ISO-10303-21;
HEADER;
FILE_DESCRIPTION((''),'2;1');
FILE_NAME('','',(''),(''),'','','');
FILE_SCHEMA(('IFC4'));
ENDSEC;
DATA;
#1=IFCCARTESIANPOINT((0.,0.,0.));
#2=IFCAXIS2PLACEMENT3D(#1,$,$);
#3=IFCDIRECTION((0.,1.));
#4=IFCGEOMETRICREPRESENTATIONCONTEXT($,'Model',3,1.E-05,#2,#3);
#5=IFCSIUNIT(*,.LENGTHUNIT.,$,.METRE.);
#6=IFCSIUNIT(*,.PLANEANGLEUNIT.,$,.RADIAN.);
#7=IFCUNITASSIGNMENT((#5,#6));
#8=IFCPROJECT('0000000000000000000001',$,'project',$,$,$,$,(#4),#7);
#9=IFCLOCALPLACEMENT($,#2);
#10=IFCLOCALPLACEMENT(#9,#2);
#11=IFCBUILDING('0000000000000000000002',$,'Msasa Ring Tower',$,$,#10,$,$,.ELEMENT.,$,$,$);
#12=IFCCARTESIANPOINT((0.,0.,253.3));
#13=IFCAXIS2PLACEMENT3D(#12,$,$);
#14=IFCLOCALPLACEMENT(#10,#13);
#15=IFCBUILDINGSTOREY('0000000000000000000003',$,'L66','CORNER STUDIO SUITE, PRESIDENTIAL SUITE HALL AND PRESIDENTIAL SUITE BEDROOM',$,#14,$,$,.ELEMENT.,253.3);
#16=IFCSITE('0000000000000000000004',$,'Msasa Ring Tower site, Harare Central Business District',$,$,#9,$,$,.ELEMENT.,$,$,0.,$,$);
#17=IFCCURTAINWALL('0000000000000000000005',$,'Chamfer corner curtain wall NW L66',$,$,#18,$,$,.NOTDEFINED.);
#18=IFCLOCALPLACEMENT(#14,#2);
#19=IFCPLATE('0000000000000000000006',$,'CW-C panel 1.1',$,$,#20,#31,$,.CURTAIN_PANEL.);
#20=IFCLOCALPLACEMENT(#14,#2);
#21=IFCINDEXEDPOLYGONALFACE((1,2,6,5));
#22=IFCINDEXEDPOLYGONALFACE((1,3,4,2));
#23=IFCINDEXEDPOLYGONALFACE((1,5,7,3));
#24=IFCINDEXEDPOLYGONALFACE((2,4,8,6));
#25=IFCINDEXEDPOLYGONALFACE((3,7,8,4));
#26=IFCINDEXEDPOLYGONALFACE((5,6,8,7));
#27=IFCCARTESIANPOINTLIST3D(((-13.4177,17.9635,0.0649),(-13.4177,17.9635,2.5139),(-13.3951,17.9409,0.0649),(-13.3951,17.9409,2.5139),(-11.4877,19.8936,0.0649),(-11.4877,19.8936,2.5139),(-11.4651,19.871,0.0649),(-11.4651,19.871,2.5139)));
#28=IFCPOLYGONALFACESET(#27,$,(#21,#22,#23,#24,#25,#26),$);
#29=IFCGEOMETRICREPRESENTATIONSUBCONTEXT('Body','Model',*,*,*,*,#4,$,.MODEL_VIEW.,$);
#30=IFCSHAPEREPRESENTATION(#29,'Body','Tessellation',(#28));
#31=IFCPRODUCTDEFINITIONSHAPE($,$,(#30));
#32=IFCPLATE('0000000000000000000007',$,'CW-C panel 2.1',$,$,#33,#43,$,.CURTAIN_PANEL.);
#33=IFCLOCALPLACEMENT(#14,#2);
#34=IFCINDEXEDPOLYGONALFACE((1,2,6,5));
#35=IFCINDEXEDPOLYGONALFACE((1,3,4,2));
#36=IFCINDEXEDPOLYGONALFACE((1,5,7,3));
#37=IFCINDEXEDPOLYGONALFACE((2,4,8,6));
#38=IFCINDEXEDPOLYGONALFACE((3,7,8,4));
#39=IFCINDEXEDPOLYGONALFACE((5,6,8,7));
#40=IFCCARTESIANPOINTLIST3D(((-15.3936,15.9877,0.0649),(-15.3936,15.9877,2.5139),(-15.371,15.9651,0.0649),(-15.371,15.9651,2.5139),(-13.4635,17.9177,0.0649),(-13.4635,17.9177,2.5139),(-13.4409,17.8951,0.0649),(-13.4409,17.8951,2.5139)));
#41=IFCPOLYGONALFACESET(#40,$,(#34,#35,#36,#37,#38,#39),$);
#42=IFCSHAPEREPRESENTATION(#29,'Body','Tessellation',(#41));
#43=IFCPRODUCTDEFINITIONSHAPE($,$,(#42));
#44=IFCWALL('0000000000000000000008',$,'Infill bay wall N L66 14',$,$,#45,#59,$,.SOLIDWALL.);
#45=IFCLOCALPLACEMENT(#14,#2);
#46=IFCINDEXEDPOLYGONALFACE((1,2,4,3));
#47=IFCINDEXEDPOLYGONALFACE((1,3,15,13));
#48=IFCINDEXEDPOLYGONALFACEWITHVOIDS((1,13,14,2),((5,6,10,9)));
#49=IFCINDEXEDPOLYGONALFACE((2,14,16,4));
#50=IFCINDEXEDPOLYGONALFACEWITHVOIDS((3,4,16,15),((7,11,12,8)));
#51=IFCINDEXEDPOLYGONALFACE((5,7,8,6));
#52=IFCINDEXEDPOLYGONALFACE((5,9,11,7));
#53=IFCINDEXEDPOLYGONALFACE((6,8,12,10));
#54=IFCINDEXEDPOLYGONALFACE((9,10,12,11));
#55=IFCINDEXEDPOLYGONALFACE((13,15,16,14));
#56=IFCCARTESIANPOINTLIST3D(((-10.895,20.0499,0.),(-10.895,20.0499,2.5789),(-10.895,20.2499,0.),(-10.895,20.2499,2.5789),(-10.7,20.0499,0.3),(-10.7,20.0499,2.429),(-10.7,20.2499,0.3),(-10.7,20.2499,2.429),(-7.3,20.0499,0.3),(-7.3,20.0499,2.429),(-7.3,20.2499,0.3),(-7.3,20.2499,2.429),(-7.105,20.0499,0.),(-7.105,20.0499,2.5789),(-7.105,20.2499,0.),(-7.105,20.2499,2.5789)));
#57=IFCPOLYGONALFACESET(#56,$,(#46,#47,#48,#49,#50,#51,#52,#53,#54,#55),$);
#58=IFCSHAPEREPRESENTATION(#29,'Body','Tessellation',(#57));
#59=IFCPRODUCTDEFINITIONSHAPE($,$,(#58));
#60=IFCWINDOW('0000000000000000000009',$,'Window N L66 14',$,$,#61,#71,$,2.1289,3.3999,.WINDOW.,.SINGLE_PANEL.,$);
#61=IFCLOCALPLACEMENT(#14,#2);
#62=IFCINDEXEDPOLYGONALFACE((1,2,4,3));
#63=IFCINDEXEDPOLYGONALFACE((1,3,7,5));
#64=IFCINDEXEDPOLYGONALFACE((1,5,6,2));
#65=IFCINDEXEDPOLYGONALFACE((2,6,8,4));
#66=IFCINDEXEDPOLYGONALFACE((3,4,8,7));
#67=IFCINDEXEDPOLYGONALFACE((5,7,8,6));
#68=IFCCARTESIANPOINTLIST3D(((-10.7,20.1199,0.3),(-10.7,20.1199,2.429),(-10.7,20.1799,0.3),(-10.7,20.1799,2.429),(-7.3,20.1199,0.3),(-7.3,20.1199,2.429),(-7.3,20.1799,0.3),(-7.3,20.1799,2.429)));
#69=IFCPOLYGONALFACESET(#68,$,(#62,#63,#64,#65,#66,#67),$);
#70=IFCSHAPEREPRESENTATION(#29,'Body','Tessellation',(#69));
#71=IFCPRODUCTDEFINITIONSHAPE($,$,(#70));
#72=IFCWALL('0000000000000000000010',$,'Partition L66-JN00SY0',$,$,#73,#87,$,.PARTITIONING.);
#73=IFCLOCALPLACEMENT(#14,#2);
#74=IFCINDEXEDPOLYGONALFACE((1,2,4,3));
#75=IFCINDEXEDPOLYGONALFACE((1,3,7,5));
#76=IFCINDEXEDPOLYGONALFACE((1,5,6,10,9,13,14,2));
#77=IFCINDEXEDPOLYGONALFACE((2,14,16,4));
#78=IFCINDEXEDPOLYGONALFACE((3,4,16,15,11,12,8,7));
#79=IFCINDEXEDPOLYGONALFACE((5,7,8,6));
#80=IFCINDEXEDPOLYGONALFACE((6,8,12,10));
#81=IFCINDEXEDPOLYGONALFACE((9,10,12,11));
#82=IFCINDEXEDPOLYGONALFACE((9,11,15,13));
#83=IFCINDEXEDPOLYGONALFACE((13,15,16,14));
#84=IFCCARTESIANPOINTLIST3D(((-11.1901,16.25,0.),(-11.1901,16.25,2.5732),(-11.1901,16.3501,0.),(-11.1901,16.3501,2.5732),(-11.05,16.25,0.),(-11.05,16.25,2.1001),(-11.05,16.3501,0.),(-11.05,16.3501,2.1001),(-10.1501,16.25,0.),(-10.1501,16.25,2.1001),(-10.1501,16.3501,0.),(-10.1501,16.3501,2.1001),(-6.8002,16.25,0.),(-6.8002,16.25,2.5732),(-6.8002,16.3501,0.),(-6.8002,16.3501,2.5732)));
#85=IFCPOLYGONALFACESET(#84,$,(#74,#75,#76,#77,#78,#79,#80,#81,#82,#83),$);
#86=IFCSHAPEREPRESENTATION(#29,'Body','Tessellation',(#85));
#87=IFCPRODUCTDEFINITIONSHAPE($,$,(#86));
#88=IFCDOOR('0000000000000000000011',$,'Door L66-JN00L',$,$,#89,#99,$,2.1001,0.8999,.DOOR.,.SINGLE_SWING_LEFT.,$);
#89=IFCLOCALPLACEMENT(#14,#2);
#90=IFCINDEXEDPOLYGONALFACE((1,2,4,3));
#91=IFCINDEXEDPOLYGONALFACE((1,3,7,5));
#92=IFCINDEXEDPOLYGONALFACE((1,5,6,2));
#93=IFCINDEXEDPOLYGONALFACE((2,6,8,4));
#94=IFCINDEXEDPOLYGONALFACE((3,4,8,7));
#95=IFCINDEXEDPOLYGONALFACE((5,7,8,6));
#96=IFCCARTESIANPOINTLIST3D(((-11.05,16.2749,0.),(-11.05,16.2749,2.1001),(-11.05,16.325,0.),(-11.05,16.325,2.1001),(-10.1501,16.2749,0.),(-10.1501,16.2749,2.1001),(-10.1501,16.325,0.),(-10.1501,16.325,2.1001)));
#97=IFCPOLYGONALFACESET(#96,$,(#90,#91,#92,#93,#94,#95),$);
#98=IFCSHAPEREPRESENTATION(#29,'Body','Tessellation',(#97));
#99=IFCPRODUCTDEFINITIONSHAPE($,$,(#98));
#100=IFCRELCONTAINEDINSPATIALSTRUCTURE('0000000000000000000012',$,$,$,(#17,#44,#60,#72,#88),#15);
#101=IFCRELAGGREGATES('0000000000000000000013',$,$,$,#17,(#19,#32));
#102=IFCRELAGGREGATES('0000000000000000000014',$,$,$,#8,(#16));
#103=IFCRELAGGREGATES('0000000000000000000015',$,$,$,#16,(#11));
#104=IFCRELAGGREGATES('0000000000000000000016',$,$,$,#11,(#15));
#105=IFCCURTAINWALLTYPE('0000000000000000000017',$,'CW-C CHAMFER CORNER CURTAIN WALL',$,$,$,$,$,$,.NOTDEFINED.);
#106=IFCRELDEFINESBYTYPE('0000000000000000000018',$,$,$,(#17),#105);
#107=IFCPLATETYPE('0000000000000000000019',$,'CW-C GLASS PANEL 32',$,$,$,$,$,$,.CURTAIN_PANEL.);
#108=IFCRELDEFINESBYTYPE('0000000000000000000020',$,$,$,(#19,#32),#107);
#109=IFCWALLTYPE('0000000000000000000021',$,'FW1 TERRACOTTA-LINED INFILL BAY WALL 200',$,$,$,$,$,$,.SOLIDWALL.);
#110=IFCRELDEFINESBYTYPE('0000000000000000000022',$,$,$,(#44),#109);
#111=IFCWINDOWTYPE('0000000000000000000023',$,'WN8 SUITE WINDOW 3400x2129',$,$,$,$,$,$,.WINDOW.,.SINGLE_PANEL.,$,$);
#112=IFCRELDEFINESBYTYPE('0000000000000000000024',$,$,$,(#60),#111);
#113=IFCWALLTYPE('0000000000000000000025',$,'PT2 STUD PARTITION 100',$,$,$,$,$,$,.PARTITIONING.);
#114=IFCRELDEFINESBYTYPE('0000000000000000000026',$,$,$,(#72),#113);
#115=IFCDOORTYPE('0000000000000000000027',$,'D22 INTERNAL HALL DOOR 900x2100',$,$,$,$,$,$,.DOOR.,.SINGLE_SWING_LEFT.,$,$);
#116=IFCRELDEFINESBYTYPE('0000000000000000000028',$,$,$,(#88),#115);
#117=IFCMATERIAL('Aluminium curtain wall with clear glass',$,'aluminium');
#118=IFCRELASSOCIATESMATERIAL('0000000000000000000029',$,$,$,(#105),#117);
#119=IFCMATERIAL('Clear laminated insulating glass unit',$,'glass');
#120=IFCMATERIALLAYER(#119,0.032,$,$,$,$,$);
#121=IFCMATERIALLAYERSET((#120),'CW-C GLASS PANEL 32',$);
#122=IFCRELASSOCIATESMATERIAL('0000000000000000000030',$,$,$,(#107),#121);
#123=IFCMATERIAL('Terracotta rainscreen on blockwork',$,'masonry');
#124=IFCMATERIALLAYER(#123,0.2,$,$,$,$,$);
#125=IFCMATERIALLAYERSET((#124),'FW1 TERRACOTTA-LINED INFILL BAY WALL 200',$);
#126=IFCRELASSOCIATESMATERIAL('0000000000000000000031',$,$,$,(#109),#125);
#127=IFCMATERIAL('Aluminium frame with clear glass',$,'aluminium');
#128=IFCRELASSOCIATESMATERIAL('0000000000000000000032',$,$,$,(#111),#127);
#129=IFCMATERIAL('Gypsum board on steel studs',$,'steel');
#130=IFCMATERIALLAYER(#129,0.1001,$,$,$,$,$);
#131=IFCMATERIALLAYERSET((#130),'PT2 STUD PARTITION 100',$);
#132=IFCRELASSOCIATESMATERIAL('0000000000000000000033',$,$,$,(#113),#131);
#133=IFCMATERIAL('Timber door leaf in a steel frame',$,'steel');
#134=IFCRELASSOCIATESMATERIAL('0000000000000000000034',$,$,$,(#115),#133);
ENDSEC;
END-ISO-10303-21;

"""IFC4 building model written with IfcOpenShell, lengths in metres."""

from ifc_helpers import new_model, si_unit, direction, frame, frame_2d, origin, origin_2d, place, context, subcontext, project, spatial, rectangle, extrude, material, layer, layer_set, type_object, element, fill, aggregate, save


model = new_model("IFC4")

# Units and contexts
model_context = context("Model", 3, precision=1e-05, world=origin(), true_north=direction((0.0, 1.0)))
body_context = subcontext(model_context, "Body", "Model", "MODEL_VIEW")
ifc_project = project(units=[si_unit("LENGTHUNIT", "METRE"), si_unit("PLANEANGLEUNIT", "RADIAN")], contexts=[model_context])

# Site, building, storey
site_placement = place(None, origin())
site = spatial("IfcSite", under=ifc_project, at=site_placement, Name="Msasa Ring Tower site, Harare Central Business District", CompositionType="ELEMENT", RefElevation=0.0)
building_placement = place(site_placement, origin())
building = spatial("IfcBuilding", under=site, at=building_placement, Name="Msasa Ring Tower", CompositionType="ELEMENT")
storey_placement = place(building_placement, frame((0.0, 0.0, 253.3)))
storey = spatial("IfcBuildingStorey", under=building, at=storey_placement, Name="L66", Description="CORNER STUDIO SUITE, PRESIDENTIAL SUITE HALL AND PRESIDENTIAL SUITE BEDROOM", CompositionType="ELEMENT", Elevation=253.3)

# Curtain wall
ifc_material_1 = material(Name="Aluminium curtain wall with clear glass", Category="aluminium")
curtain_wall_type = type_object("IfcCurtainWallType", Name="CW-C CHAMFER CORNER CURTAIN WALL", PredefinedType="NOTDEFINED", material=ifc_material_1)
curtain_wall_1_placement = place(storey_placement, origin())
curtain_wall_1 = element("IfcCurtainWall", 1, at=curtain_wall_1_placement, inside=storey, type_object=curtain_wall_type, Name="Chamfer corner curtain wall NW L66", PredefinedType="NOTDEFINED")

# Plates
ifc_material_2 = material(Name="Clear laminated insulating glass unit", Category="glass")
ifc_layer_1 = layer(ifc_material_2, 0.032)
ifc_layer_set_1 = layer_set([ifc_layer_1], Name="CW-C GLASS PANEL 32")
plate_type = type_object("IfcPlateType", Name="CW-C GLASS PANEL 32", PredefinedType="CURTAIN_PANEL", material=ifc_layer_set_1)
plate_1_placement = place(storey_placement, frame((-12.4414, 18.9172, 0.0649), z_axis=(0.0, 0.0, 1.0), x_axis=(-0.707107, -0.707107, 0.0)))
plate_1 = element("IfcPlate", 2, at=plate_1_placement, type_object=plate_type, Name="CW-C panel 1.1", PredefinedType="CURTAIN_PANEL", context=body_context, shape_type="SweptSolid", body=[
    extrude(rectangle(XDim=2.7295, YDim=0.032, at=origin_2d()), origin(), (0.0, 0.0, 1.0), 2.449),
])
plate_2_placement = place(storey_placement, frame((-14.4172, 16.9414, 0.0649), z_axis=(0.0, 0.0, 1.0), x_axis=(-0.707107, -0.707107, 0.0)))
plate_2 = element("IfcPlate", 3, at=plate_2_placement, type_object=plate_type, Name="CW-C panel 2.1", PredefinedType="CURTAIN_PANEL", context=body_context, shape_type="SweptSolid", body=[
    extrude(rectangle(XDim=2.7295, YDim=0.032, at=origin_2d()), origin(), (0.0, 0.0, 1.0), 2.449),
])
aggregate(curtain_wall_1, [plate_1, plate_2])

# Wall, opening, window
ifc_material_3 = material(Name="Terracotta rainscreen on blockwork", Category="masonry")
ifc_layer_2 = layer(ifc_material_3, 0.2)
ifc_layer_set_2 = layer_set([ifc_layer_2], Name="FW1 TERRACOTTA-LINED INFILL BAY WALL 200")
wall_type_1 = type_object("IfcWallType", Name="FW1 TERRACOTTA-LINED INFILL BAY WALL 200", PredefinedType="SOLIDWALL", material=ifc_layer_set_2)
wall_1_placement = place(storey_placement, frame((-10.895, 20.1499, 0.0), z_axis=(0.0, 0.0, 1.0), x_axis=(1.0, 0.0, 0.0)))
wall_1 = element("IfcWall", 4, at=wall_1_placement, inside=storey, type_object=wall_type_1, Name="Infill bay wall N L66 14", PredefinedType="SOLIDWALL", context=body_context, shape_type="SweptSolid", body=[
    extrude(rectangle(XDim=3.79, YDim=0.2, at=frame_2d((1.895, 0.0))), origin(), (0.0, 0.0, 1.0), 2.5789),
])
opening_1_placement = place(wall_1_placement, frame((0.1951, 0.0, 0.3)))
opening_1 = element("IfcOpeningElement", 5, at=opening_1_placement, cuts=wall_1, PredefinedType="OPENING", context=body_context, shape_type="SweptSolid", body=[
    extrude(rectangle(XDim=3.3999, YDim=2.1289, at=frame_2d((1.7, 1.0645))), frame((0.0, 0.1099, 0.0), z_axis=(0.0, -1.0, 0.0), x_axis=(1.0, 0.0, 0.0)), (0.0, 0.0, 1.0), 0.22),
])
ifc_material_4 = material(Name="Aluminium frame with clear glass", Category="aluminium")
window_type = type_object("IfcWindowType", Name="WN8 SUITE WINDOW 3400x2129", PartitioningType="SINGLE_PANEL", PredefinedType="WINDOW", material=ifc_material_4)
window_placement = place(opening_1_placement, origin())
window = element("IfcWindow", 6, at=window_placement, inside=storey, type_object=window_type, Name="Window N L66 14", OverallHeight=2.1289, OverallWidth=3.3999, PartitioningType="SINGLE_PANEL", PredefinedType="WINDOW", context=body_context, shape_type="SweptSolid", body=[
    extrude(rectangle(XDim=3.3999, YDim=2.1289, at=frame_2d((1.7, 1.0645))), frame((0.0, 0.03, 0.0), z_axis=(0.0, -1.0, 0.0), x_axis=(1.0, 0.0, 0.0)), (0.0, 0.0, 1.0), 0.0601),
])
fill(opening_1, window)

# Wall, opening, door
ifc_material_5 = material(Name="Gypsum board on steel studs", Category="steel")
ifc_layer_3 = layer(ifc_material_5, 0.1001)
ifc_layer_set_3 = layer_set([ifc_layer_3], Name="PT2 STUD PARTITION 100")
wall_type_2 = type_object("IfcWallType", Name="PT2 STUD PARTITION 100", PredefinedType="PARTITIONING", material=ifc_layer_set_3)
wall_2_placement = place(storey_placement, frame((-11.1899, 16.3, 0.0), z_axis=(0.0, 0.0, 1.0), x_axis=(1.0, 0.0, 0.0)))
wall_2 = element("IfcWall", 7, at=wall_2_placement, inside=storey, type_object=wall_type_2, Name="Partition L66-JN00SY0", PredefinedType="PARTITIONING", context=body_context, shape_type="SweptSolid", body=[
    extrude(rectangle(XDim=4.3899, YDim=0.1001, at=frame_2d((2.1948, 0.0))), origin(), (0.0, 0.0, 1.0), 2.5732),
])
opening_2_placement = place(wall_2_placement, frame((0.1399, 0.0, 0.0)))
opening_2 = element("IfcOpeningElement", 8, at=opening_2_placement, cuts=wall_2, PredefinedType="OPENING", context=body_context, shape_type="SweptSolid", body=[
    extrude(rectangle(XDim=0.8999, YDim=2.1001, at=frame_2d((0.45, 1.05))), frame((0.0, 0.0601, 0.0), z_axis=(0.0, -1.0, 0.0), x_axis=(1.0, 0.0, 0.0)), (0.0, 0.0, 1.0), 0.1201),
])
ifc_material_6 = material(Name="Timber door leaf in a steel frame", Category="steel")
door_type = type_object("IfcDoorType", Name="D22 INTERNAL HALL DOOR 900x2100", OperationType="SINGLE_SWING_LEFT", PredefinedType="DOOR", material=ifc_material_6)
door_placement = place(opening_2_placement, origin())
door = element("IfcDoor", 9, at=door_placement, inside=storey, type_object=door_type, Name="Door L66-JN00L", OperationType="SINGLE_SWING_LEFT", OverallHeight=2.1001, OverallWidth=0.8999, PredefinedType="DOOR", context=body_context, shape_type="SweptSolid", body=[
    extrude(rectangle(XDim=0.8999, YDim=2.1001, at=frame_2d((0.45, 1.05))), frame((0.0, 0.0249, 0.0), z_axis=(0.0, -1.0, 0.0), x_axis=(1.0, 0.0, 0.0)), (0.0, 0.0, 1.0), 0.05),
])
fill(opening_2, door)

save(model, "model.ifc")
